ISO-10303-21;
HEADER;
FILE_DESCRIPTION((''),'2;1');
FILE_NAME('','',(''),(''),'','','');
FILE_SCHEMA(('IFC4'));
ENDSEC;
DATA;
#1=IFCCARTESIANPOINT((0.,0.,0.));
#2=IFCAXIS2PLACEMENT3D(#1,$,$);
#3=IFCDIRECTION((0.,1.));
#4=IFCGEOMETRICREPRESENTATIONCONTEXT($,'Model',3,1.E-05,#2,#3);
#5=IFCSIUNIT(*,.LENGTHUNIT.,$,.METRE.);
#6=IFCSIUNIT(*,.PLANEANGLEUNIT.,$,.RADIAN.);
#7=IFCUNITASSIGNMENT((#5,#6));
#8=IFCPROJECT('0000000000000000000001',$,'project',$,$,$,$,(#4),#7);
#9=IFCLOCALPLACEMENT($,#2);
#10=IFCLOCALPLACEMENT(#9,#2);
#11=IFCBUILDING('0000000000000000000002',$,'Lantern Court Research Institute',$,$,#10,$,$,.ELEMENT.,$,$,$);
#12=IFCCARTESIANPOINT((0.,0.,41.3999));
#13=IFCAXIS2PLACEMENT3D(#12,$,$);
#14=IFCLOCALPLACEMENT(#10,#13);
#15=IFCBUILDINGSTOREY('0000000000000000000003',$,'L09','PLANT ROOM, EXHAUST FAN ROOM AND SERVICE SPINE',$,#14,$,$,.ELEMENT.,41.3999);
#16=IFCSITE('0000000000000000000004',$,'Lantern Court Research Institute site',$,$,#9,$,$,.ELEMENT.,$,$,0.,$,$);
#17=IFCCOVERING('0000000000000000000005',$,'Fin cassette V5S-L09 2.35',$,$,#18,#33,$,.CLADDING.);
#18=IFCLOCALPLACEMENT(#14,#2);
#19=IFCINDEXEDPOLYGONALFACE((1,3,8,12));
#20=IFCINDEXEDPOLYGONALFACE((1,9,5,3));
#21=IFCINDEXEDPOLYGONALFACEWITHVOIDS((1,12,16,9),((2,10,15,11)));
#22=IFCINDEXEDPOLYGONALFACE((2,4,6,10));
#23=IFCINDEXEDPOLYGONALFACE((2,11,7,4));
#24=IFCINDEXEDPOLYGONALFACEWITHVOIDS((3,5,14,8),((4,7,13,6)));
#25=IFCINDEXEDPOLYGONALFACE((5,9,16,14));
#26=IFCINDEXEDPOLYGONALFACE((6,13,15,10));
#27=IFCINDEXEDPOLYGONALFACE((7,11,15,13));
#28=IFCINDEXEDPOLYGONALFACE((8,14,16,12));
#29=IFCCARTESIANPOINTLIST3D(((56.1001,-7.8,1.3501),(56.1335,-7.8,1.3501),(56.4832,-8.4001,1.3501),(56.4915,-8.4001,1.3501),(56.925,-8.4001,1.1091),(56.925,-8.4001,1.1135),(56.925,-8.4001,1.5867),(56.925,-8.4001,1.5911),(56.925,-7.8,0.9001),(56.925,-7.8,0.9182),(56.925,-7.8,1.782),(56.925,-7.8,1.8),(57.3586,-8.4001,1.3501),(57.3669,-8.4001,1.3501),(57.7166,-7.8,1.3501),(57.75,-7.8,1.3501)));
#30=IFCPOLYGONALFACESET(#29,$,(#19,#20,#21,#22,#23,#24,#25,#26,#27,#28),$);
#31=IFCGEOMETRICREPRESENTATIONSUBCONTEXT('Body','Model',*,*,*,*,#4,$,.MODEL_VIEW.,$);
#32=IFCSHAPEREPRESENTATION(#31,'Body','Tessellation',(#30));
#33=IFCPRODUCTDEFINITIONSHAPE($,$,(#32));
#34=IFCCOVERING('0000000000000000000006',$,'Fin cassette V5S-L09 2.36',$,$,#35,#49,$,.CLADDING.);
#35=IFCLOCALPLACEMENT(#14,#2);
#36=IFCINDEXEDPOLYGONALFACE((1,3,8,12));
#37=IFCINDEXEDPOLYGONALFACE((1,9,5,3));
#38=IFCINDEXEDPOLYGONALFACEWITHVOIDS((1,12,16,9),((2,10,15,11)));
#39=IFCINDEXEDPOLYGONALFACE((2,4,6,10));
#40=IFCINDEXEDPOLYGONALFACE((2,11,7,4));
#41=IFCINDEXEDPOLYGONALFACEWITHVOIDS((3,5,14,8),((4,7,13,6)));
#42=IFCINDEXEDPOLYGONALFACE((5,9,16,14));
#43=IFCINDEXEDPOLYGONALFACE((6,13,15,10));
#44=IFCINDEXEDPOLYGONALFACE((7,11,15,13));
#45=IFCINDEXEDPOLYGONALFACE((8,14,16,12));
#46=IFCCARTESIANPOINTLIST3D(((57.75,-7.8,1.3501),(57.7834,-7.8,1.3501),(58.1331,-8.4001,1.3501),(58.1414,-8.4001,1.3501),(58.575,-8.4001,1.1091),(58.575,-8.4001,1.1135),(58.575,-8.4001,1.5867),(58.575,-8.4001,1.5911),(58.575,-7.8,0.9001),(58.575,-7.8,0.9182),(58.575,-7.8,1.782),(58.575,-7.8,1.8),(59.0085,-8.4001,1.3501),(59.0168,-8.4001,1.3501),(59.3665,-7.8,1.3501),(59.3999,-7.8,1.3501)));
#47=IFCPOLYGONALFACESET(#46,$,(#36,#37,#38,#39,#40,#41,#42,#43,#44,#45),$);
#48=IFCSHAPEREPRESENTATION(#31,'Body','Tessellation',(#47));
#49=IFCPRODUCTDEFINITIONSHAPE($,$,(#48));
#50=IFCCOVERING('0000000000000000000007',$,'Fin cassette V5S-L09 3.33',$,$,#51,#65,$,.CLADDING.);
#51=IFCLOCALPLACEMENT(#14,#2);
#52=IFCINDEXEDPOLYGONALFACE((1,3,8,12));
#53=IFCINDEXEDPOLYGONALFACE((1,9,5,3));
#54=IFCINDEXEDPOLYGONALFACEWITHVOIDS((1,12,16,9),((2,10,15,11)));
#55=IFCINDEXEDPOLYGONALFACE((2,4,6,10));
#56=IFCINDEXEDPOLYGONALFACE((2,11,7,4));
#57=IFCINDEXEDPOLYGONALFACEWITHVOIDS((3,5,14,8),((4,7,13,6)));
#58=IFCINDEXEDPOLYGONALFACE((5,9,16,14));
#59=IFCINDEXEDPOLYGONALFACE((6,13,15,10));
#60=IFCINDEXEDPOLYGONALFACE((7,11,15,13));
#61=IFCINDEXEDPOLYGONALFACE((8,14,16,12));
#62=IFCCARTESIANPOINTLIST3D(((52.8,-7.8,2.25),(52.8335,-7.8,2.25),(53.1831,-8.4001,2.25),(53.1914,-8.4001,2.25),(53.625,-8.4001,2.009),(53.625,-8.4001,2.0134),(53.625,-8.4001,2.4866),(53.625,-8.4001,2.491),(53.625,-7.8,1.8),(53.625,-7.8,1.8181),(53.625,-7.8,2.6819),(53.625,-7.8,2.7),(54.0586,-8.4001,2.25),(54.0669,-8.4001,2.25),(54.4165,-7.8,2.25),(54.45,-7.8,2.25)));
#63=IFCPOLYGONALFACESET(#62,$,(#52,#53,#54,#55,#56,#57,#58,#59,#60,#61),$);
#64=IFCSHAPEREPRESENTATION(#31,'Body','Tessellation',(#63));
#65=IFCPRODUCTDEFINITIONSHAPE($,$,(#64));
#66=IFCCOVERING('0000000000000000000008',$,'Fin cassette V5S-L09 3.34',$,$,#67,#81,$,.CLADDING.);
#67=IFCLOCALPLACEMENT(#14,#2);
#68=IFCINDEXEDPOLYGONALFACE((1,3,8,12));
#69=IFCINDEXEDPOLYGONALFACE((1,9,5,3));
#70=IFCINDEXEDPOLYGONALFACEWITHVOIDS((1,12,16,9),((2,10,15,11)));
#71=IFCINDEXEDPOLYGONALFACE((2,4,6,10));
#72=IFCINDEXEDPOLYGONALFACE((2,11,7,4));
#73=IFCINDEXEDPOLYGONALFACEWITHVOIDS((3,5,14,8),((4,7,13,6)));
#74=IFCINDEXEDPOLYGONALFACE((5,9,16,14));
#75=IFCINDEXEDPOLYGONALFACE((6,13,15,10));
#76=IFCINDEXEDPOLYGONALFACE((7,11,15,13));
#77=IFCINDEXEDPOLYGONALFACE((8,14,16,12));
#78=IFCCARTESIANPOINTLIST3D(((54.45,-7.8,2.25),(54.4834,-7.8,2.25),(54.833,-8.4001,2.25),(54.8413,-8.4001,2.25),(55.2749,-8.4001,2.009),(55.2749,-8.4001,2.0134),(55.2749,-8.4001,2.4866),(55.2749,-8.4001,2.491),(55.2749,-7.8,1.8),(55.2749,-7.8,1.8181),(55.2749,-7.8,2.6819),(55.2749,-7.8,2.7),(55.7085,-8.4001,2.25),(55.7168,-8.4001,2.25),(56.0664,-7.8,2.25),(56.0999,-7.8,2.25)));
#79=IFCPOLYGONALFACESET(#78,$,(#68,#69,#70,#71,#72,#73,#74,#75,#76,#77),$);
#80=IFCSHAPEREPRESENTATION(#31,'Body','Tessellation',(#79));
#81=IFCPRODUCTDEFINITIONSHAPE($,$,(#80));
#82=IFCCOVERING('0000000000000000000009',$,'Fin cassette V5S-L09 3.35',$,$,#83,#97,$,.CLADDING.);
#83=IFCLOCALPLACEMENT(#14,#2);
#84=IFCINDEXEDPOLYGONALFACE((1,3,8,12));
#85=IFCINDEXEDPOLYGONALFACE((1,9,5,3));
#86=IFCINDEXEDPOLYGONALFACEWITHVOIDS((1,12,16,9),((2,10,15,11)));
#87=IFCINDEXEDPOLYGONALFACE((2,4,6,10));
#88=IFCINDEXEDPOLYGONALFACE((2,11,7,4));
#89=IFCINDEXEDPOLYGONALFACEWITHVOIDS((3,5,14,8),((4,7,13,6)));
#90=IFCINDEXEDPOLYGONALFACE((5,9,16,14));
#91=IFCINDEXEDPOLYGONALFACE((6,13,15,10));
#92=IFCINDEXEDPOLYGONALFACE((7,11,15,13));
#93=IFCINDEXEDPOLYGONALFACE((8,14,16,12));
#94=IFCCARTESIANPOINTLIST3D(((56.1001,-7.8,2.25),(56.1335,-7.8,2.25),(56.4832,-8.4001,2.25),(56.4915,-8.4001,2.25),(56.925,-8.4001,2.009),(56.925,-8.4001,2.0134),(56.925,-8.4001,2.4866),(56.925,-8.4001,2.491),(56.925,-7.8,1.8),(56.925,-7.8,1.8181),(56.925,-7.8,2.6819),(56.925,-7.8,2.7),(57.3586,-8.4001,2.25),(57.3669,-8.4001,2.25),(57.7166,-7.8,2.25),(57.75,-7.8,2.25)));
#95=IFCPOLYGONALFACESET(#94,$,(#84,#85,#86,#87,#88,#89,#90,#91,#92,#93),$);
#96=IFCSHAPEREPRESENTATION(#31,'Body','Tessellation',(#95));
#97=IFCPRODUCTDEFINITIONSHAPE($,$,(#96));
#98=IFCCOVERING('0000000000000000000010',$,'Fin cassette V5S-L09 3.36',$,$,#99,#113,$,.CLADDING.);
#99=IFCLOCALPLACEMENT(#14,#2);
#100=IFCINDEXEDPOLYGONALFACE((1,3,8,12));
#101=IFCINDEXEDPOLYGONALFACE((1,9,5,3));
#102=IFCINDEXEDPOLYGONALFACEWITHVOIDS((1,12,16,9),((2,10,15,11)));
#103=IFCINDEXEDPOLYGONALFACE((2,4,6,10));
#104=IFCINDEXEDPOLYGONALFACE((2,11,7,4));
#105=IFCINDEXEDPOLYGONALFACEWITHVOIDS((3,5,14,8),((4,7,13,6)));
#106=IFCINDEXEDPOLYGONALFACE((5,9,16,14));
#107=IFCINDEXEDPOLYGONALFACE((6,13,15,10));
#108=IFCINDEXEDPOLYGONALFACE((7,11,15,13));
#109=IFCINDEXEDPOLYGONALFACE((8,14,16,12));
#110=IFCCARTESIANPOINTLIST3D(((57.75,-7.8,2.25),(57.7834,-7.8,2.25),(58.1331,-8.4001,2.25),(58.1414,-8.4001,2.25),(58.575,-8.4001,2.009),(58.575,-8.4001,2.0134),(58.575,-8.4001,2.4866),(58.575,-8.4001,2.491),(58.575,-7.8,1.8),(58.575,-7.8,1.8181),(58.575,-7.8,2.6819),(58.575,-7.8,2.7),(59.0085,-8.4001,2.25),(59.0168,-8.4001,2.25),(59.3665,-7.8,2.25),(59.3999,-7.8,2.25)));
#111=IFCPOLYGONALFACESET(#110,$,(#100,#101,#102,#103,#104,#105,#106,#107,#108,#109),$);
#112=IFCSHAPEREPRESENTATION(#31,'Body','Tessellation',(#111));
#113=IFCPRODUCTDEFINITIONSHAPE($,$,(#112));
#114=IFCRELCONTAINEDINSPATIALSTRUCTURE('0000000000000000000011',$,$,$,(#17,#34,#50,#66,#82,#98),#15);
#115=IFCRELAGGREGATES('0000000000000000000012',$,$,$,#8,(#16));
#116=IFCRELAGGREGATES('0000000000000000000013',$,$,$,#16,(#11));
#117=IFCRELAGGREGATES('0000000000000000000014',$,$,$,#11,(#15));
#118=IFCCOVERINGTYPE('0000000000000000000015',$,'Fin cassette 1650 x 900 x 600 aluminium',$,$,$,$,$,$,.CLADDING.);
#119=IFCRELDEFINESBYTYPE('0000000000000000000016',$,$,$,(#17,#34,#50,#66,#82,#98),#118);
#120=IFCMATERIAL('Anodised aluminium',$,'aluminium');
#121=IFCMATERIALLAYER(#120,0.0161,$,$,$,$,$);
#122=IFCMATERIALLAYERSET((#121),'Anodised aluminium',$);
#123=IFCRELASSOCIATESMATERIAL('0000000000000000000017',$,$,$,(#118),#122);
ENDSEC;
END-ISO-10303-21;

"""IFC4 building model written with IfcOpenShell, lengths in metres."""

from ifc_helpers import new_model, entity, si_unit, direction, frame, origin, place, context, subcontext, project, spatial, material, layer, layer_set, type_object, element, save


model = new_model("IFC4")

# Units and contexts
model_context = context("Model", 3, precision=1e-05, world=origin(), true_north=direction((0.0, 1.0)))
body_context = subcontext(model_context, "Body", "Model", "MODEL_VIEW")
ifc_project = project(units=[si_unit("LENGTHUNIT", "METRE"), si_unit("PLANEANGLEUNIT", "RADIAN")], contexts=[model_context])

# Site, building, storey
site_placement = place(None, origin())
site = spatial("IfcSite", under=ifc_project, at=site_placement, Name="Lantern Court Research Institute site", CompositionType="ELEMENT", RefElevation=0.0)
building_placement = place(site_placement, origin())
building = spatial("IfcBuilding", under=site, at=building_placement, Name="Lantern Court Research Institute", CompositionType="ELEMENT")
storey_placement = place(building_placement, frame((0.0, 0.0, 41.3999)))
storey = spatial("IfcBuildingStorey", under=building, at=storey_placement, Name="L09", Description="PLANT ROOM, EXHAUST FAN ROOM AND SERVICE SPINE", CompositionType="ELEMENT", Elevation=41.3999)

# Coverings
ifc_material_1 = material(Name="Anodised aluminium", Category="aluminium")
ifc_layer_1 = layer(ifc_material_1, 0.0161)
ifc_layer_set_1 = layer_set([ifc_layer_1], Name="Anodised aluminium")
covering_type = type_object("IfcCoveringType", Name="Fin cassette 1650 x 900 x 600 aluminium", PredefinedType="CLADDING", material=ifc_layer_set_1)
covering_1_placement = place(storey_placement, frame((56.925, -7.8, 1.3501), z_axis=(0.0, -1.0, 0.0), x_axis=(1.0, 0.0, 0.0)))
cartesian_point_1 = entity("IfcCartesianPoint", [0.825, 0.0])
cartesian_point_2 = entity("IfcCartesianPoint", [0.7915, 0.0])
cartesian_point_3 = entity("IfcCartesianPoint", [0.4419, 0.0])
cartesian_point_4 = entity("IfcCartesianPoint", [0.4336, 0.0])
element("IfcCovering", 1, at=covering_1_placement, inside=storey, type_object=covering_type, Name="Fin cassette V5S-L09 2.35", PredefinedType="CLADDING", context=body_context, shape_type="SweptSolid", body=[
    entity("IfcExtrudedAreaSolidTapered", entity("IfcArbitraryProfileDefWithVoids", "AREA", None, entity("IfcPolyline", [cartesian_point_1, entity("IfcCartesianPoint", [0.0, 0.45]), entity("IfcCartesianPoint", [-0.825, 0.0]), entity("IfcCartesianPoint", [0.0, -0.45]), cartesian_point_1]), [entity("IfcPolyline", [cartesian_point_2, entity("IfcCartesianPoint", [0.0, 0.4319]), entity("IfcCartesianPoint", [-0.7915, 0.0]), entity("IfcCartesianPoint", [0.0, -0.4319]), cartesian_point_2])]), entity("IfcAxis2Placement3D", entity("IfcCartesianPoint", [0.0, 0.0, 0.0])), entity("IfcDirection", [0.0, 0.0, 1.0]), 0.6001, entity("IfcArbitraryProfileDefWithVoids", "AREA", None, entity("IfcPolyline", [cartesian_point_3, entity("IfcCartesianPoint", [0.0, 0.241]), entity("IfcCartesianPoint", [-0.4419, 0.0]), entity("IfcCartesianPoint", [0.0, -0.241]), cartesian_point_3]), [entity("IfcPolyline", [cartesian_point_4, entity("IfcCartesianPoint", [0.0, 0.2366]), entity("IfcCartesianPoint", [-0.4336, 0.0]), entity("IfcCartesianPoint", [0.0, -0.2366]), cartesian_point_4])])),
])
covering_2_placement = place(storey_placement, frame((58.575, -7.8, 1.3501), z_axis=(0.0, -1.0, 0.0), x_axis=(1.0, 0.0, 0.0)))
cartesian_point_5 = entity("IfcCartesianPoint", [0.825, 0.0])
cartesian_point_6 = entity("IfcCartesianPoint", [0.7915, 0.0])
cartesian_point_7 = entity("IfcCartesianPoint", [0.4419, 0.0])
cartesian_point_8 = entity("IfcCartesianPoint", [0.4336, 0.0])
element("IfcCovering", 2, at=covering_2_placement, inside=storey, type_object=covering_type, Name="Fin cassette V5S-L09 2.36", PredefinedType="CLADDING", context=body_context, shape_type="SweptSolid", body=[
    entity("IfcExtrudedAreaSolidTapered", entity("IfcArbitraryProfileDefWithVoids", "AREA", None, entity("IfcPolyline", [cartesian_point_5, entity("IfcCartesianPoint", [0.0, 0.45]), entity("IfcCartesianPoint", [-0.825, 0.0]), entity("IfcCartesianPoint", [0.0, -0.45]), cartesian_point_5]), [entity("IfcPolyline", [cartesian_point_6, entity("IfcCartesianPoint", [0.0, 0.4319]), entity("IfcCartesianPoint", [-0.7915, 0.0]), entity("IfcCartesianPoint", [0.0, -0.4319]), cartesian_point_6])]), entity("IfcAxis2Placement3D", entity("IfcCartesianPoint", [0.0, 0.0, 0.0])), entity("IfcDirection", [0.0, 0.0, 1.0]), 0.6001, entity("IfcArbitraryProfileDefWithVoids", "AREA", None, entity("IfcPolyline", [cartesian_point_7, entity("IfcCartesianPoint", [0.0, 0.241]), entity("IfcCartesianPoint", [-0.4419, 0.0]), entity("IfcCartesianPoint", [0.0, -0.241]), cartesian_point_7]), [entity("IfcPolyline", [cartesian_point_8, entity("IfcCartesianPoint", [0.0, 0.2366]), entity("IfcCartesianPoint", [-0.4336, 0.0]), entity("IfcCartesianPoint", [0.0, -0.2366]), cartesian_point_8])])),
])
covering_3_placement = place(storey_placement, frame((53.625, -7.8, 2.25), z_axis=(0.0, -1.0, 0.0), x_axis=(1.0, 0.0, 0.0)))
cartesian_point_9 = entity("IfcCartesianPoint", [0.825, 0.0])
cartesian_point_10 = entity("IfcCartesianPoint", [0.7915, 0.0])
cartesian_point_11 = entity("IfcCartesianPoint", [0.4419, 0.0])
cartesian_point_12 = entity("IfcCartesianPoint", [0.4336, 0.0])
element("IfcCovering", 3, at=covering_3_placement, inside=storey, type_object=covering_type, Name="Fin cassette V5S-L09 3.33", PredefinedType="CLADDING", context=body_context, shape_type="SweptSolid", body=[
    entity("IfcExtrudedAreaSolidTapered", entity("IfcArbitraryProfileDefWithVoids", "AREA", None, entity("IfcPolyline", [cartesian_point_9, entity("IfcCartesianPoint", [0.0, 0.45]), entity("IfcCartesianPoint", [-0.825, 0.0]), entity("IfcCartesianPoint", [0.0, -0.45]), cartesian_point_9]), [entity("IfcPolyline", [cartesian_point_10, entity("IfcCartesianPoint", [0.0, 0.4319]), entity("IfcCartesianPoint", [-0.7915, 0.0]), entity("IfcCartesianPoint", [0.0, -0.4319]), cartesian_point_10])]), entity("IfcAxis2Placement3D", entity("IfcCartesianPoint", [0.0, 0.0, 0.0])), entity("IfcDirection", [0.0, 0.0, 1.0]), 0.6001, entity("IfcArbitraryProfileDefWithVoids", "AREA", None, entity("IfcPolyline", [cartesian_point_11, entity("IfcCartesianPoint", [0.0, 0.241]), entity("IfcCartesianPoint", [-0.4419, 0.0]), entity("IfcCartesianPoint", [0.0, -0.241]), cartesian_point_11]), [entity("IfcPolyline", [cartesian_point_12, entity("IfcCartesianPoint", [0.0, 0.2366]), entity("IfcCartesianPoint", [-0.4336, 0.0]), entity("IfcCartesianPoint", [0.0, -0.2366]), cartesian_point_12])])),
])
covering_4_placement = place(storey_placement, frame((55.2749, -7.8, 2.25), z_axis=(0.0, -1.0, 0.0), x_axis=(1.0, 0.0, 0.0)))
cartesian_point_13 = entity("IfcCartesianPoint", [0.825, 0.0])
cartesian_point_14 = entity("IfcCartesianPoint", [0.7915, 0.0])
cartesian_point_15 = entity("IfcCartesianPoint", [0.4419, 0.0])
cartesian_point_16 = entity("IfcCartesianPoint", [0.4336, 0.0])
element("IfcCovering", 4, at=covering_4_placement, inside=storey, type_object=covering_type, Name="Fin cassette V5S-L09 3.34", PredefinedType="CLADDING", context=body_context, shape_type="SweptSolid", body=[
    entity("IfcExtrudedAreaSolidTapered", entity("IfcArbitraryProfileDefWithVoids", "AREA", None, entity("IfcPolyline", [cartesian_point_13, entity("IfcCartesianPoint", [0.0, 0.45]), entity("IfcCartesianPoint", [-0.825, 0.0]), entity("IfcCartesianPoint", [0.0, -0.45]), cartesian_point_13]), [entity("IfcPolyline", [cartesian_point_14, entity("IfcCartesianPoint", [0.0, 0.4319]), entity("IfcCartesianPoint", [-0.7915, 0.0]), entity("IfcCartesianPoint", [0.0, -0.4319]), cartesian_point_14])]), entity("IfcAxis2Placement3D", entity("IfcCartesianPoint", [0.0, 0.0, 0.0])), entity("IfcDirection", [0.0, 0.0, 1.0]), 0.6001, entity("IfcArbitraryProfileDefWithVoids", "AREA", None, entity("IfcPolyline", [cartesian_point_15, entity("IfcCartesianPoint", [0.0, 0.241]), entity("IfcCartesianPoint", [-0.4419, 0.0]), entity("IfcCartesianPoint", [0.0, -0.241]), cartesian_point_15]), [entity("IfcPolyline", [cartesian_point_16, entity("IfcCartesianPoint", [0.0, 0.2366]), entity("IfcCartesianPoint", [-0.4336, 0.0]), entity("IfcCartesianPoint", [0.0, -0.2366]), cartesian_point_16])])),
])
covering_5_placement = place(storey_placement, frame((56.925, -7.8, 2.25), z_axis=(0.0, -1.0, 0.0), x_axis=(1.0, 0.0, 0.0)))
cartesian_point_17 = entity("IfcCartesianPoint", [0.825, 0.0])
cartesian_point_18 = entity("IfcCartesianPoint", [0.7915, 0.0])
cartesian_point_19 = entity("IfcCartesianPoint", [0.4419, 0.0])
cartesian_point_20 = entity("IfcCartesianPoint", [0.4336, 0.0])
element("IfcCovering", 5, at=covering_5_placement, inside=storey, type_object=covering_type, Name="Fin cassette V5S-L09 3.35", PredefinedType="CLADDING", context=body_context, shape_type="SweptSolid", body=[
    entity("IfcExtrudedAreaSolidTapered", entity("IfcArbitraryProfileDefWithVoids", "AREA", None, entity("IfcPolyline", [cartesian_point_17, entity("IfcCartesianPoint", [0.0, 0.45]), entity("IfcCartesianPoint", [-0.825, 0.0]), entity("IfcCartesianPoint", [0.0, -0.45]), cartesian_point_17]), [entity("IfcPolyline", [cartesian_point_18, entity("IfcCartesianPoint", [0.0, 0.4319]), entity("IfcCartesianPoint", [-0.7915, 0.0]), entity("IfcCartesianPoint", [0.0, -0.4319]), cartesian_point_18])]), entity("IfcAxis2Placement3D", entity("IfcCartesianPoint", [0.0, 0.0, 0.0])), entity("IfcDirection", [0.0, 0.0, 1.0]), 0.6001, entity("IfcArbitraryProfileDefWithVoids", "AREA", None, entity("IfcPolyline", [cartesian_point_19, entity("IfcCartesianPoint", [0.0, 0.241]), entity("IfcCartesianPoint", [-0.4419, 0.0]), entity("IfcCartesianPoint", [0.0, -0.241]), cartesian_point_19]), [entity("IfcPolyline", [cartesian_point_20, entity("IfcCartesianPoint", [0.0, 0.2366]), entity("IfcCartesianPoint", [-0.4336, 0.0]), entity("IfcCartesianPoint", [0.0, -0.2366]), cartesian_point_20])])),
])
covering_6_placement = place(storey_placement, frame((58.575, -7.8, 2.25), z_axis=(0.0, -1.0, 0.0), x_axis=(1.0, 0.0, 0.0)))
cartesian_point_21 = entity("IfcCartesianPoint", [0.825, 0.0])
cartesian_point_22 = entity("IfcCartesianPoint", [0.7915, 0.0])
cartesian_point_23 = entity("IfcCartesianPoint", [0.4419, 0.0])
cartesian_point_24 = entity("IfcCartesianPoint", [0.4336, 0.0])
element("IfcCovering", 6, at=covering_6_placement, inside=storey, type_object=covering_type, Name="Fin cassette V5S-L09 3.36", PredefinedType="CLADDING", context=body_context, shape_type="SweptSolid", body=[
    entity("IfcExtrudedAreaSolidTapered", entity("IfcArbitraryProfileDefWithVoids", "AREA", None, entity("IfcPolyline", [cartesian_point_21, entity("IfcCartesianPoint", [0.0, 0.45]), entity("IfcCartesianPoint", [-0.825, 0.0]), entity("IfcCartesianPoint", [0.0, -0.45]), cartesian_point_21]), [entity("IfcPolyline", [cartesian_point_22, entity("IfcCartesianPoint", [0.0, 0.4319]), entity("IfcCartesianPoint", [-0.7915, 0.0]), entity("IfcCartesianPoint", [0.0, -0.4319]), cartesian_point_22])]), entity("IfcAxis2Placement3D", entity("IfcCartesianPoint", [0.0, 0.0, 0.0])), entity("IfcDirection", [0.0, 0.0, 1.0]), 0.6001, entity("IfcArbitraryProfileDefWithVoids", "AREA", None, entity("IfcPolyline", [cartesian_point_23, entity("IfcCartesianPoint", [0.0, 0.241]), entity("IfcCartesianPoint", [-0.4419, 0.0]), entity("IfcCartesianPoint", [0.0, -0.241]), cartesian_point_23]), [entity("IfcPolyline", [cartesian_point_24, entity("IfcCartesianPoint", [0.0, 0.2366]), entity("IfcCartesianPoint", [-0.4336, 0.0]), entity("IfcCartesianPoint", [0.0, -0.2366]), cartesian_point_24])])),
])

save(model, "model.ifc")
